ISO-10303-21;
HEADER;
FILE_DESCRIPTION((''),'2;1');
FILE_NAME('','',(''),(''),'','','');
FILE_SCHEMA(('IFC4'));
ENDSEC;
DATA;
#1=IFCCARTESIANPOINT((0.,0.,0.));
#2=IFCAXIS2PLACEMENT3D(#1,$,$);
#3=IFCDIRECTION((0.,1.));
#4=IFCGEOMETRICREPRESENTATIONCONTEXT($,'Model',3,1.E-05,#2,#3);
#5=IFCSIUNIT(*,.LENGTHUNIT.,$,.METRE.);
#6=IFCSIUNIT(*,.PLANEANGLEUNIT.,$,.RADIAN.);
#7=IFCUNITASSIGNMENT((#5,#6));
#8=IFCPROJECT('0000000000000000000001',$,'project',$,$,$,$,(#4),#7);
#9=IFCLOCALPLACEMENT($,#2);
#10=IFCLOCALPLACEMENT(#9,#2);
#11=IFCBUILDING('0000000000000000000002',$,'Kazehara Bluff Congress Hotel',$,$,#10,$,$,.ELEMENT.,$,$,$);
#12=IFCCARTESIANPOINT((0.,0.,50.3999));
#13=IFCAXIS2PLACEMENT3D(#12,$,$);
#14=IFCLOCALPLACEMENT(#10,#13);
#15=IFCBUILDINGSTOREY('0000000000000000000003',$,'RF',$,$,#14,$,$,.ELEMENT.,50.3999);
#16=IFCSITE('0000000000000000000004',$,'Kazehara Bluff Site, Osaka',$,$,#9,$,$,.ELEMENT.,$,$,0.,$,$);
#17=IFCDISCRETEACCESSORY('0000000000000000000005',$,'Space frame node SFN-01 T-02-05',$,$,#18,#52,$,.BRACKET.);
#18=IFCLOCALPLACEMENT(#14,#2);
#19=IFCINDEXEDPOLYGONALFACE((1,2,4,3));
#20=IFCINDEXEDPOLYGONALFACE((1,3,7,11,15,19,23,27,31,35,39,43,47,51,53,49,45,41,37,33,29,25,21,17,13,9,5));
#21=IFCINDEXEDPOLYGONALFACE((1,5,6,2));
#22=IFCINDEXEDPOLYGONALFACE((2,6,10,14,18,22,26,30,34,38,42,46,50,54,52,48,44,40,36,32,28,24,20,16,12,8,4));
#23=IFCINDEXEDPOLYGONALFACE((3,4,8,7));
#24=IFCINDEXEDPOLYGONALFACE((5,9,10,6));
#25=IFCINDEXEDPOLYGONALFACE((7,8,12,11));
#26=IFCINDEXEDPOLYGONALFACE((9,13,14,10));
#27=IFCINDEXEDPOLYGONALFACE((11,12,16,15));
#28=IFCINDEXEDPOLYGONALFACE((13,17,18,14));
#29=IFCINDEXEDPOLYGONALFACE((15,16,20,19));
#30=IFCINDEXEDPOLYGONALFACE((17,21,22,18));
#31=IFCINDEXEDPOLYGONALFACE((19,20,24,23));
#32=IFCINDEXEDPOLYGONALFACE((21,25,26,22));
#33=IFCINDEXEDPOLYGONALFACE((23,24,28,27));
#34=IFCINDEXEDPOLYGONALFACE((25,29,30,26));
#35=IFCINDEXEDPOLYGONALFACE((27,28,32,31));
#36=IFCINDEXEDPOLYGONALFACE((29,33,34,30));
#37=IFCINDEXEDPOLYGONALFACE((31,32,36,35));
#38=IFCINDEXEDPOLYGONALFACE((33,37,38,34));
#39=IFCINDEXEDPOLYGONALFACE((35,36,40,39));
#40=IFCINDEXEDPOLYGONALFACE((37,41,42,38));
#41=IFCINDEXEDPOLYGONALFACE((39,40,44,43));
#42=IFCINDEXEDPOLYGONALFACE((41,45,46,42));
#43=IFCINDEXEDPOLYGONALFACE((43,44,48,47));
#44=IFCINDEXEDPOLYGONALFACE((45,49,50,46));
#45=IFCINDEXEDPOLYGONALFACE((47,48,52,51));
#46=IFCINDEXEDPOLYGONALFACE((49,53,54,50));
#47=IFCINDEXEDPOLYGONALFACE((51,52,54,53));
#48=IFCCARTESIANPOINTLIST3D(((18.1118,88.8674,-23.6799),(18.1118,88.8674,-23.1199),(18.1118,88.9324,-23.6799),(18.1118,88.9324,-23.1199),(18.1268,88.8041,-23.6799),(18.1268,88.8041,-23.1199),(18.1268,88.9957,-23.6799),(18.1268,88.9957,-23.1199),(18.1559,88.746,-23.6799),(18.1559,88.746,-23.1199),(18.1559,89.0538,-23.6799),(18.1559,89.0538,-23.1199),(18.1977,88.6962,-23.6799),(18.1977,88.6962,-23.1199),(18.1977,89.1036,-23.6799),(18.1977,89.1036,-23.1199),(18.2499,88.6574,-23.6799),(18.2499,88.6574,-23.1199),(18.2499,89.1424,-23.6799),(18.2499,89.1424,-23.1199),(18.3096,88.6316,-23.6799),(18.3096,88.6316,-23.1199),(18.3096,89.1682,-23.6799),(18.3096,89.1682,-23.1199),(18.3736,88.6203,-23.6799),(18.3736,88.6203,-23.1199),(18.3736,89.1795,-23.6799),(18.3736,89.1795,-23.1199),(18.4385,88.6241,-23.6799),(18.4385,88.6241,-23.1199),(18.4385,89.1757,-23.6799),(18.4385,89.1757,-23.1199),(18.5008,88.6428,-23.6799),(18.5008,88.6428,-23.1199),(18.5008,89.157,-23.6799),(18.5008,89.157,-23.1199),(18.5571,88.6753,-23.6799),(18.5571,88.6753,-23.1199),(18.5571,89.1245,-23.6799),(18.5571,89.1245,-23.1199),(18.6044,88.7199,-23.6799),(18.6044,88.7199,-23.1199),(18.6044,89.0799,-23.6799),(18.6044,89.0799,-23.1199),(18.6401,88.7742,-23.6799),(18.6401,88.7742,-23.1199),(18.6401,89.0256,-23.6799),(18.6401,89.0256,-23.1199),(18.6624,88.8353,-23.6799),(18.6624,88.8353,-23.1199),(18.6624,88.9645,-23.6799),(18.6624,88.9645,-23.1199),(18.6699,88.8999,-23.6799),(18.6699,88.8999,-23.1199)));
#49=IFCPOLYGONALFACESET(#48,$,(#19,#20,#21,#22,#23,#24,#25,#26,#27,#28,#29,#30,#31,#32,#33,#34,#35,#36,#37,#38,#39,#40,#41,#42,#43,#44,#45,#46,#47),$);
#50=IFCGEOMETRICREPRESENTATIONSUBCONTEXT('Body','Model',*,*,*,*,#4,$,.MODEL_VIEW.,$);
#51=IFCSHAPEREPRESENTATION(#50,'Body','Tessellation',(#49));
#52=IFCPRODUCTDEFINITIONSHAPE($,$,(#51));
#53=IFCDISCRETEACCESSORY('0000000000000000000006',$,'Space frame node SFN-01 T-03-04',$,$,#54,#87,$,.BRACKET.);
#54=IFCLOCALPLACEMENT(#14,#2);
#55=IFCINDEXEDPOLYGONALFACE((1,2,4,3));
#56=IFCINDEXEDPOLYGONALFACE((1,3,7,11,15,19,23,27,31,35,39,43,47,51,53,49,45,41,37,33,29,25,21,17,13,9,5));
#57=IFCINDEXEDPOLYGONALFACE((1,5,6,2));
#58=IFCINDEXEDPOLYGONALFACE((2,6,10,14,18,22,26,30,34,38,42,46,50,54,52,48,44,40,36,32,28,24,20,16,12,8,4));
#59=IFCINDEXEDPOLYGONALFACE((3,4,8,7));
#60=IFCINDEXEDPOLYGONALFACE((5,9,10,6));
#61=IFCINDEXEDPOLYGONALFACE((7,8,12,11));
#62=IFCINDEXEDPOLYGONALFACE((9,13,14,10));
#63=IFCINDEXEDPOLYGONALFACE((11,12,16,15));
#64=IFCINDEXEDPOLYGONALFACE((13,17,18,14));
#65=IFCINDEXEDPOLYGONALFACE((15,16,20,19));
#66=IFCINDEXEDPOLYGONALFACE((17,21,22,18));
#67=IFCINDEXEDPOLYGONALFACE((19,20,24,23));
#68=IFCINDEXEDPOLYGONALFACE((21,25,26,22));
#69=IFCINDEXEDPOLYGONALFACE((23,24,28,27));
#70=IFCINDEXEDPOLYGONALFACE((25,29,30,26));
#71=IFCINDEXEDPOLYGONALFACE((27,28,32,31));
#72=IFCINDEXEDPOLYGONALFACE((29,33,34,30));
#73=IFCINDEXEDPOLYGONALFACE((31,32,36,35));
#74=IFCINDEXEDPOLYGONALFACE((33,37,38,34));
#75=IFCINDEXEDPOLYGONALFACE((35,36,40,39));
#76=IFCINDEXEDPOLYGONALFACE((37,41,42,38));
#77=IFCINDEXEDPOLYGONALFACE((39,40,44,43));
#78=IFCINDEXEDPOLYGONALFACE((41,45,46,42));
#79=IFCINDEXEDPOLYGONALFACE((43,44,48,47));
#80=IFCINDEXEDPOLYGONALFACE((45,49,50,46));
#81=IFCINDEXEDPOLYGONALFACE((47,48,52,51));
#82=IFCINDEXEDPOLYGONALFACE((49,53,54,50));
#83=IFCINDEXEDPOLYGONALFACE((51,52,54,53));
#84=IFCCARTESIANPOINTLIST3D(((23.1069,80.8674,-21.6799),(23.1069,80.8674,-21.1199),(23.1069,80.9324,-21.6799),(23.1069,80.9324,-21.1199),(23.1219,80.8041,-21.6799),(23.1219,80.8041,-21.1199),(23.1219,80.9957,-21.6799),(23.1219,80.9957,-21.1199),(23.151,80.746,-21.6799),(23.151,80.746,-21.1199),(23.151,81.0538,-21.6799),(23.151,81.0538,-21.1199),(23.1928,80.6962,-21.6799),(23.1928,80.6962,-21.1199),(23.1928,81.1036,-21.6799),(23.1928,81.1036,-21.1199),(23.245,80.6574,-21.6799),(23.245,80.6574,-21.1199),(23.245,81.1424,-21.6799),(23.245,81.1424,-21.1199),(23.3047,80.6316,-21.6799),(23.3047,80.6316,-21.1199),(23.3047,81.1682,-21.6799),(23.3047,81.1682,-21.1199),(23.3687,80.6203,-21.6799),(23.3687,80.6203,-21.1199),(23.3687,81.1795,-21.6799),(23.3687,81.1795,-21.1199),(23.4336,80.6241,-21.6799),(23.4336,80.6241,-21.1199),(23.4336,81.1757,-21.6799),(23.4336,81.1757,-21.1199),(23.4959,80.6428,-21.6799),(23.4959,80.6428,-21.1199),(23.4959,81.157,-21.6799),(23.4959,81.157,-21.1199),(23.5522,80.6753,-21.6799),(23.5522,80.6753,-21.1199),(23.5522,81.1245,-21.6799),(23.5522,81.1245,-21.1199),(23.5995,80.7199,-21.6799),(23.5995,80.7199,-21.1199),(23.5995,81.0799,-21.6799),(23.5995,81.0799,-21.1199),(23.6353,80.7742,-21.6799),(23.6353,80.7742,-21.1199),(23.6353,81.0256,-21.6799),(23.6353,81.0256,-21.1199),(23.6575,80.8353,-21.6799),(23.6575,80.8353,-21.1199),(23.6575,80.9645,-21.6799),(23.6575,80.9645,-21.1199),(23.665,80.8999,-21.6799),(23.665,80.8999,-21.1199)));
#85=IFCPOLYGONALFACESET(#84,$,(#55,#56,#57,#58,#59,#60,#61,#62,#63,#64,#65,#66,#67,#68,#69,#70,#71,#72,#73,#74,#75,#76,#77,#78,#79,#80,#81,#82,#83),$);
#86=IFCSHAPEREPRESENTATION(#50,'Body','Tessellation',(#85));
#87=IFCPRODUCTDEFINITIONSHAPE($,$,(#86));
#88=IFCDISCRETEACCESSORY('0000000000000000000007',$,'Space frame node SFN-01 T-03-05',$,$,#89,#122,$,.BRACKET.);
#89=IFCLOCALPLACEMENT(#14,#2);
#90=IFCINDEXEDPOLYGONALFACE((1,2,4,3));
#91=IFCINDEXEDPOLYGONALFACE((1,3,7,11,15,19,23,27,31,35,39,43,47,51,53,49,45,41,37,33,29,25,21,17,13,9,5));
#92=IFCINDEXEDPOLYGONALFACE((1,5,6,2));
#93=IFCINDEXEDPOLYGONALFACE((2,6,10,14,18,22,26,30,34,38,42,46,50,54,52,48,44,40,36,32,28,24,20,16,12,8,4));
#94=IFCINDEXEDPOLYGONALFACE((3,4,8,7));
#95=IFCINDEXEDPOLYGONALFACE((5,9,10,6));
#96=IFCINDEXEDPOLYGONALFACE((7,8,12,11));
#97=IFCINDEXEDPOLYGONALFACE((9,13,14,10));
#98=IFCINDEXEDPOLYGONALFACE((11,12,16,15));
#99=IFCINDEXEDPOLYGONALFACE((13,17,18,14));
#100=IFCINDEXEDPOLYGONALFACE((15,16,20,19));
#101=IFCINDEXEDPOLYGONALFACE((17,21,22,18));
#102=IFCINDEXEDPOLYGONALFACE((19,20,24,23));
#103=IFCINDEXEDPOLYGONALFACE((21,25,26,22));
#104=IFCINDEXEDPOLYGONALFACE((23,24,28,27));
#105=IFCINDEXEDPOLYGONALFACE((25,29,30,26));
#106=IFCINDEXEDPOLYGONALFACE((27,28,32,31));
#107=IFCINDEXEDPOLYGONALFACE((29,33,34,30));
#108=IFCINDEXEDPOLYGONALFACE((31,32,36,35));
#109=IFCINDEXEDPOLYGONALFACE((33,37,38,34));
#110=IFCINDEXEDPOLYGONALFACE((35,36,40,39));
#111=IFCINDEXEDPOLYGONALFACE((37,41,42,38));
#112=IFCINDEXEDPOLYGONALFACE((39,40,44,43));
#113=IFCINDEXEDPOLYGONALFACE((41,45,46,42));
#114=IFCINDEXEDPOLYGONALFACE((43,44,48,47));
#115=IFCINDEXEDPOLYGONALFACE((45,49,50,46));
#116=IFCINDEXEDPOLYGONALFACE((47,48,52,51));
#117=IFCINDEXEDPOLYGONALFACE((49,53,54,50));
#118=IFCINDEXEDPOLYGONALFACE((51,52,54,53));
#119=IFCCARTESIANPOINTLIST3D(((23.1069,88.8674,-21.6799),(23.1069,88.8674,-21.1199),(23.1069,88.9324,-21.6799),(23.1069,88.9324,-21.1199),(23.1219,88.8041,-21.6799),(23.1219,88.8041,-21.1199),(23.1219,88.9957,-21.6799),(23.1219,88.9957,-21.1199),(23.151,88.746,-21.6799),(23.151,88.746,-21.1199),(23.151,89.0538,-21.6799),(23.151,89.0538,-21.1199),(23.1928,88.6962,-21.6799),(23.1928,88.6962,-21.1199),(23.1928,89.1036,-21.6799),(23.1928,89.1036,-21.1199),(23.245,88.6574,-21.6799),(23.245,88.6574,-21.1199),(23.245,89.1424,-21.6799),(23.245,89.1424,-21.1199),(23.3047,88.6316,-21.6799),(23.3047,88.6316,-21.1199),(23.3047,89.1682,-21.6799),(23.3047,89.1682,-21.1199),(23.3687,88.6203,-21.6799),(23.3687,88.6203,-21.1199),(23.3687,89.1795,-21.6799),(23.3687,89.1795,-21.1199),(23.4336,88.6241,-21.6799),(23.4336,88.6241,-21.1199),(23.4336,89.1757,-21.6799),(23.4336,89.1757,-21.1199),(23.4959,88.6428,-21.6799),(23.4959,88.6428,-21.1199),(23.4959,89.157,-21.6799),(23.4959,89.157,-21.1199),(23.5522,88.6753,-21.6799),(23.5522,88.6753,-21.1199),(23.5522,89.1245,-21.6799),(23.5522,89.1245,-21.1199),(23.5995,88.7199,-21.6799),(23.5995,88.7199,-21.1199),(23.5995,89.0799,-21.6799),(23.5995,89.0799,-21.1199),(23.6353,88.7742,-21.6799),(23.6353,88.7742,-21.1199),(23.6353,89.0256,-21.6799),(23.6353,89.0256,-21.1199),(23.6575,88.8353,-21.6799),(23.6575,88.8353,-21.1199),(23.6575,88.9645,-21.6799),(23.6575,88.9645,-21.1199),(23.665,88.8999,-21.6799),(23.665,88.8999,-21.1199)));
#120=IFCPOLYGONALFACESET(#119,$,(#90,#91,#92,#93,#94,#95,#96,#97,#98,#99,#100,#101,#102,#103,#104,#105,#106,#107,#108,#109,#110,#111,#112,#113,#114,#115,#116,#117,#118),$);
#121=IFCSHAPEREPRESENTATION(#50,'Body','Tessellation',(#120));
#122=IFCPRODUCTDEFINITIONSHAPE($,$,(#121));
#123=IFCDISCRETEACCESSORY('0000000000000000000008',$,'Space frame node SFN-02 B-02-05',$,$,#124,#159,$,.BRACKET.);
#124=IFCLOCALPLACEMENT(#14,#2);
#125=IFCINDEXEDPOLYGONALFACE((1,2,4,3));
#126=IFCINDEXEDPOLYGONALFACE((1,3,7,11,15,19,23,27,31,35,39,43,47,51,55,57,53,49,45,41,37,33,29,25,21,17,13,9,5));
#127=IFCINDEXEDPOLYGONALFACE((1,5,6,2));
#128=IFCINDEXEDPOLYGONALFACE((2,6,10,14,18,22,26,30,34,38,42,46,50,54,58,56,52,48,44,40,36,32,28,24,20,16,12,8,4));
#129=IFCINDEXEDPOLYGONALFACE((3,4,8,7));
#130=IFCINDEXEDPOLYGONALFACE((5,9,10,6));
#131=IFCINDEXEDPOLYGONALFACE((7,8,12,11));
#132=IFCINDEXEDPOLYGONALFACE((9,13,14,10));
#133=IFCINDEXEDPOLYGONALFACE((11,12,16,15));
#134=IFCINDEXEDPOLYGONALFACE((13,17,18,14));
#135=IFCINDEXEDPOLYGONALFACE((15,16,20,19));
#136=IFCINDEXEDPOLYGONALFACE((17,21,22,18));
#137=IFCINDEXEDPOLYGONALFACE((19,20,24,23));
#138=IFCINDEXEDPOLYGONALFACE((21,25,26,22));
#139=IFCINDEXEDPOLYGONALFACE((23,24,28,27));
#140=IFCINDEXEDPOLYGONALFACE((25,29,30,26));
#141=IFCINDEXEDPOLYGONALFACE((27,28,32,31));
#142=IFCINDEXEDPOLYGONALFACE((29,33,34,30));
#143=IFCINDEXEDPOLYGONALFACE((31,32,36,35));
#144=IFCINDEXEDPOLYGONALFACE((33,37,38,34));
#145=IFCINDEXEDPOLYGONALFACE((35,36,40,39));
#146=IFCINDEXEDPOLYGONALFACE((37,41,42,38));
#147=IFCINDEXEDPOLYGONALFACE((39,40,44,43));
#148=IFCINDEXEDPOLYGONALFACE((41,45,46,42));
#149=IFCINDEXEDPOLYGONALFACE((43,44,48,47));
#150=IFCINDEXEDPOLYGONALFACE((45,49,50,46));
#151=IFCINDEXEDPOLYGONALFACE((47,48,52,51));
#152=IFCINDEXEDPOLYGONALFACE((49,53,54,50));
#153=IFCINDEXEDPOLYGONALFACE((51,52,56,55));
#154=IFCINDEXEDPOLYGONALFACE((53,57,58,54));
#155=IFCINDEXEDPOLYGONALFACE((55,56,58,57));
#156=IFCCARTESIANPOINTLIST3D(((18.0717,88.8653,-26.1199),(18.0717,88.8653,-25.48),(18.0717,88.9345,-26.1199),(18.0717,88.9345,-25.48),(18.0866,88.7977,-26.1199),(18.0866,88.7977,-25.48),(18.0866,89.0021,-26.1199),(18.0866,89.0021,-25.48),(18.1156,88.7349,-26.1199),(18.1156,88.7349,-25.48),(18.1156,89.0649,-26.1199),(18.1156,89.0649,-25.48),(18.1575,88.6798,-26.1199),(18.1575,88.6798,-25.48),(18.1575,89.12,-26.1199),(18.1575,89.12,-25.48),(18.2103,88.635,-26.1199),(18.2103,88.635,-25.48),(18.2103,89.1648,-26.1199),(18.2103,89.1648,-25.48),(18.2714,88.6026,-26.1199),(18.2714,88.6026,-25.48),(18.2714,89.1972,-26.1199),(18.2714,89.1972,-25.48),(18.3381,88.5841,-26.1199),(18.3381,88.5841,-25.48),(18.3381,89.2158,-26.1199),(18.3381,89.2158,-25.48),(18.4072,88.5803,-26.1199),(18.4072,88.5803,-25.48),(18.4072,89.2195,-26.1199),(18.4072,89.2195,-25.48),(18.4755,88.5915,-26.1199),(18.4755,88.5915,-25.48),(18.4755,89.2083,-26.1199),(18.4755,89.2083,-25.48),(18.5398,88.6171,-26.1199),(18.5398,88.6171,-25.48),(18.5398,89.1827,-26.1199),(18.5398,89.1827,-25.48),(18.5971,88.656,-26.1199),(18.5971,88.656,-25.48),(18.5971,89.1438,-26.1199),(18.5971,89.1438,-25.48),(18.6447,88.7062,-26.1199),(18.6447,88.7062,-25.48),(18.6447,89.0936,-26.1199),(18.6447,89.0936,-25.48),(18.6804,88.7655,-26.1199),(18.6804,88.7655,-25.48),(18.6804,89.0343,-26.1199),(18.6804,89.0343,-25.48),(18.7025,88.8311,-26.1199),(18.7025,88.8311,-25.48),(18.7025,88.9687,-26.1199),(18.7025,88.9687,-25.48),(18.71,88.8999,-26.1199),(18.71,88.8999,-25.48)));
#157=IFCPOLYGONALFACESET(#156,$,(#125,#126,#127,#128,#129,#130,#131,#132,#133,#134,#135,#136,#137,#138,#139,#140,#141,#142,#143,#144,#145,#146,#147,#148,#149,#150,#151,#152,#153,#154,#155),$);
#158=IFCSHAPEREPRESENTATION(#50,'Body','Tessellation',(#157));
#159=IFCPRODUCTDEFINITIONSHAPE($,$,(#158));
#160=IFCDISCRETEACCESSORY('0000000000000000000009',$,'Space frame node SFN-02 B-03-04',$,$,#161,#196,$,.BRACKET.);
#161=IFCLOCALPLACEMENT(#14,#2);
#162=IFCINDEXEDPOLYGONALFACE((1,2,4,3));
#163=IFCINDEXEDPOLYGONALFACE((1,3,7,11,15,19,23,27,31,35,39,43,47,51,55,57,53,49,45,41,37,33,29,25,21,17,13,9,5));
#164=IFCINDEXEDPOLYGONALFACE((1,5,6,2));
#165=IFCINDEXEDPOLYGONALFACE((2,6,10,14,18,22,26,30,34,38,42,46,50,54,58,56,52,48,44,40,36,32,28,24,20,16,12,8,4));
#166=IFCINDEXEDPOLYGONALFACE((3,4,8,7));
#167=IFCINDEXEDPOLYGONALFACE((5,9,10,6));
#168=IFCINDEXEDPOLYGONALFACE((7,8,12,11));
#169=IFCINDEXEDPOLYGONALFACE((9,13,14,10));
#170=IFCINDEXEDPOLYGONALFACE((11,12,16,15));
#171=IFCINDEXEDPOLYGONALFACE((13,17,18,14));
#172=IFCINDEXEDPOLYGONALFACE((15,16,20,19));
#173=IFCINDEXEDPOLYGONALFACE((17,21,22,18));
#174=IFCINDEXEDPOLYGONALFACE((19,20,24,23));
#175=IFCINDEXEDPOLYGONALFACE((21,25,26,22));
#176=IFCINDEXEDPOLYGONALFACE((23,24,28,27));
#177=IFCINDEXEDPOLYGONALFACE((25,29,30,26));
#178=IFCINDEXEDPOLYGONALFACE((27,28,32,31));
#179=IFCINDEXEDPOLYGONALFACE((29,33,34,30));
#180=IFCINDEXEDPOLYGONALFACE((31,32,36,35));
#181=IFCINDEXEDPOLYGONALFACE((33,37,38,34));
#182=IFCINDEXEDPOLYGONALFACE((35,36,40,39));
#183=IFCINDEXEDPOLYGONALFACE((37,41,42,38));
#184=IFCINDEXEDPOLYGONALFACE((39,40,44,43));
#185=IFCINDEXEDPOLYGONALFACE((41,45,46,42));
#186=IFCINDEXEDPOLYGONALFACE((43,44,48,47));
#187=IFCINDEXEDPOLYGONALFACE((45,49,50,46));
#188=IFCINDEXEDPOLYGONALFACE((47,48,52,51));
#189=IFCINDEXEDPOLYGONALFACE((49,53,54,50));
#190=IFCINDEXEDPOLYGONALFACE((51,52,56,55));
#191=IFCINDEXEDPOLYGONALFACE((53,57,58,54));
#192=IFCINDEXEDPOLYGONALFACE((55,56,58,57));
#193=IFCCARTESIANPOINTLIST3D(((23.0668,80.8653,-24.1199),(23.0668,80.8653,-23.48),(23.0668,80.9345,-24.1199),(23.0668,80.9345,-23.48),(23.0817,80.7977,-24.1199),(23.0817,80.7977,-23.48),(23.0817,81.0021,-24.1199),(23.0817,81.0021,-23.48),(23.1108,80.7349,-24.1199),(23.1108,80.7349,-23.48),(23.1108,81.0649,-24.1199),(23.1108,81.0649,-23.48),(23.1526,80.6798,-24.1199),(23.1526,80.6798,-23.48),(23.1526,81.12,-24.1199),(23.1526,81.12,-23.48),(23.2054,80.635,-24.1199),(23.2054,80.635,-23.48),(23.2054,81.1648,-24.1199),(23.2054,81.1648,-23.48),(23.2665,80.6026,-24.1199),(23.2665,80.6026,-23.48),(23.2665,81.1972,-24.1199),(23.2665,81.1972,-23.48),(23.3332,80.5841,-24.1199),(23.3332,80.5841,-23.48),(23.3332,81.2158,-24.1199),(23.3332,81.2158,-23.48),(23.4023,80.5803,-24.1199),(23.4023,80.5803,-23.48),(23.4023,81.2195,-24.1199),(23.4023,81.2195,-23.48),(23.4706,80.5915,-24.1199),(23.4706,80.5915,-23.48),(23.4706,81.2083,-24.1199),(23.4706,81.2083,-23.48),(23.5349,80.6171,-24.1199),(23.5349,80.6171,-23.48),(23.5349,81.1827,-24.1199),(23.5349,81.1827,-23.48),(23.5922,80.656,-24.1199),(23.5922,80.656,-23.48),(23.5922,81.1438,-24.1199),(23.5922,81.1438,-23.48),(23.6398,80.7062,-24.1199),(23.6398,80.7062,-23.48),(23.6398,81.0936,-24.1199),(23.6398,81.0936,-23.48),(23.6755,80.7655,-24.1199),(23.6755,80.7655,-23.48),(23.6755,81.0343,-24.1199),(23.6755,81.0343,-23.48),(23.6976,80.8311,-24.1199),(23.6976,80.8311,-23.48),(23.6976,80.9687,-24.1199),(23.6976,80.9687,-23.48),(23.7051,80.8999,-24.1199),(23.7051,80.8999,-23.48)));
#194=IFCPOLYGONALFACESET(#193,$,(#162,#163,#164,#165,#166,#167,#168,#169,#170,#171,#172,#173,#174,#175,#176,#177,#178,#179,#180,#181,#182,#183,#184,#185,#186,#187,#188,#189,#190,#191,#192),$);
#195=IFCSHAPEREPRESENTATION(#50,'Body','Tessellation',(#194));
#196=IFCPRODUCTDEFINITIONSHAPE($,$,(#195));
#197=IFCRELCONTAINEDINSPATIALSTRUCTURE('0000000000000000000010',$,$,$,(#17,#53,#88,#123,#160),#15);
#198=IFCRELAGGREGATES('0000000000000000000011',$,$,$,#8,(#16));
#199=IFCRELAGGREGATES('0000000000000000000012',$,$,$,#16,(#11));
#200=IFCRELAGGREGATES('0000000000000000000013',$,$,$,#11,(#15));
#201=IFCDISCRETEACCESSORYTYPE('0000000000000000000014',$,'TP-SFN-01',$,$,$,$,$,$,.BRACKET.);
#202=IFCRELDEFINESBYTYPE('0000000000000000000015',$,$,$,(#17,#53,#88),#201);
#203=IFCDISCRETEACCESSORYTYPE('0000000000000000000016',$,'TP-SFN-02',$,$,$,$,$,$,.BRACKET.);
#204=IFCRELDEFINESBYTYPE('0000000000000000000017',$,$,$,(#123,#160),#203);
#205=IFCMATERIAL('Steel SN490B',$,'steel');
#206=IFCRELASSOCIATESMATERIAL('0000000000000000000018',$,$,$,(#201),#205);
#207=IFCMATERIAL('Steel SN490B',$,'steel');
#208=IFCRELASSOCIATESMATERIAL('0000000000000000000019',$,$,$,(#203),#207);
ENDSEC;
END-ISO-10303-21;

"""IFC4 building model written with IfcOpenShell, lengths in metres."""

from ifc_helpers import new_model, si_unit, direction, frame, origin, origin_2d, place, context, subcontext, project, spatial, circle, extrude, material, material_profile, profile_set, type_object, element, save


model = new_model("IFC4")

# Units and contexts
model_context = context("Model", 3, precision=1e-05, world=origin(), true_north=direction((0.0, 1.0)))
body_context = subcontext(model_context, "Body", "Model", "MODEL_VIEW")
ifc_project = project(units=[si_unit("LENGTHUNIT", "METRE"), si_unit("PLANEANGLEUNIT", "RADIAN")], contexts=[model_context])

# Site, building, storey
site_placement = place(None, origin())
site = spatial("IfcSite", under=ifc_project, at=site_placement, Name="Kazehara Bluff Site, Osaka", CompositionType="ELEMENT", RefElevation=0.0)
building_placement = place(site_placement, origin())
building = spatial("IfcBuilding", under=site, at=building_placement, Name="Kazehara Bluff Congress Hotel", CompositionType="ELEMENT")
storey_placement = place(building_placement, frame((0.0, 0.0, 50.3999)))
storey = spatial("IfcBuildingStorey", under=building, at=storey_placement, Name="RF", CompositionType="ELEMENT", Elevation=50.3999)

# Discrete accessories
ifc_material_1 = material(Name="Steel SN490B", Category="steel")
ifc_material_profile_1 = material_profile(ifc_material_1, circle(Radius=0.28, at=origin_2d()))
ifc_profile_set_1 = profile_set([ifc_material_profile_1], Name="Steel SN490B")
discrete_accessory_type_1 = type_object("IfcDiscreteAccessoryType", Name="TP-SFN-01", PredefinedType="BRACKET", material=ifc_profile_set_1)
for number, where, z_axis, x_axis, name in (
    (1, (18.3899, 88.8999, -23.6799), (0.0, 0.0, 1.0), (1.0, 0.0, 0.0), "Space frame node SFN-01 T-02-05"),
    (2, (23.385, 80.8999, -21.6799), (0.0, 0.0, 1.0), (1.0, 0.0, 0.0), "Space frame node SFN-01 T-03-04"),
    (3, (23.385, 88.8999, -21.6799), (0.0, 0.0, 1.0), (1.0, 0.0, 0.0), "Space frame node SFN-01 T-03-05"),
):
    element("IfcDiscreteAccessory", number, at=place(storey_placement, frame(where, z_axis=z_axis, x_axis=x_axis)), inside=storey, type_object=discrete_accessory_type_1, Name=name, PredefinedType="BRACKET", context=body_context, shape_type="SweptSolid", body=[
        extrude(circle(Radius=0.28, at=origin_2d()), origin(), (0.0, 0.0, 1.0), 0.5601),
    ])
ifc_material_2 = material(Name="Steel SN490B", Category="steel")
ifc_material_profile_2 = material_profile(ifc_material_2, circle(Radius=0.3201, at=origin_2d()))
ifc_profile_set_2 = profile_set([ifc_material_profile_2], Name="Steel SN490B")
discrete_accessory_type_2 = type_object("IfcDiscreteAccessoryType", Name="TP-SFN-02", PredefinedType="BRACKET", material=ifc_profile_set_2)
for number, where, z_axis, x_axis, name in (
    (4, (18.3899, 88.8999, -26.1199), (0.0, 0.0, 1.0), (1.0, 0.0, 0.0), "Space frame node SFN-02 B-02-05"),
    (5, (23.385, 80.8999, -24.1199), (0.0, 0.0, 1.0), (1.0, 0.0, 0.0), "Space frame node SFN-02 B-03-04"),
):
    element("IfcDiscreteAccessory", number, at=place(storey_placement, frame(where, z_axis=z_axis, x_axis=x_axis)), inside=storey, type_object=discrete_accessory_type_2, Name=name, PredefinedType="BRACKET", context=body_context, shape_type="SweptSolid", body=[
        extrude(circle(Radius=0.3201, at=origin_2d()), origin(), (0.0, 0.0, 1.0), 0.6399),
    ])

save(model, "model.ifc")
